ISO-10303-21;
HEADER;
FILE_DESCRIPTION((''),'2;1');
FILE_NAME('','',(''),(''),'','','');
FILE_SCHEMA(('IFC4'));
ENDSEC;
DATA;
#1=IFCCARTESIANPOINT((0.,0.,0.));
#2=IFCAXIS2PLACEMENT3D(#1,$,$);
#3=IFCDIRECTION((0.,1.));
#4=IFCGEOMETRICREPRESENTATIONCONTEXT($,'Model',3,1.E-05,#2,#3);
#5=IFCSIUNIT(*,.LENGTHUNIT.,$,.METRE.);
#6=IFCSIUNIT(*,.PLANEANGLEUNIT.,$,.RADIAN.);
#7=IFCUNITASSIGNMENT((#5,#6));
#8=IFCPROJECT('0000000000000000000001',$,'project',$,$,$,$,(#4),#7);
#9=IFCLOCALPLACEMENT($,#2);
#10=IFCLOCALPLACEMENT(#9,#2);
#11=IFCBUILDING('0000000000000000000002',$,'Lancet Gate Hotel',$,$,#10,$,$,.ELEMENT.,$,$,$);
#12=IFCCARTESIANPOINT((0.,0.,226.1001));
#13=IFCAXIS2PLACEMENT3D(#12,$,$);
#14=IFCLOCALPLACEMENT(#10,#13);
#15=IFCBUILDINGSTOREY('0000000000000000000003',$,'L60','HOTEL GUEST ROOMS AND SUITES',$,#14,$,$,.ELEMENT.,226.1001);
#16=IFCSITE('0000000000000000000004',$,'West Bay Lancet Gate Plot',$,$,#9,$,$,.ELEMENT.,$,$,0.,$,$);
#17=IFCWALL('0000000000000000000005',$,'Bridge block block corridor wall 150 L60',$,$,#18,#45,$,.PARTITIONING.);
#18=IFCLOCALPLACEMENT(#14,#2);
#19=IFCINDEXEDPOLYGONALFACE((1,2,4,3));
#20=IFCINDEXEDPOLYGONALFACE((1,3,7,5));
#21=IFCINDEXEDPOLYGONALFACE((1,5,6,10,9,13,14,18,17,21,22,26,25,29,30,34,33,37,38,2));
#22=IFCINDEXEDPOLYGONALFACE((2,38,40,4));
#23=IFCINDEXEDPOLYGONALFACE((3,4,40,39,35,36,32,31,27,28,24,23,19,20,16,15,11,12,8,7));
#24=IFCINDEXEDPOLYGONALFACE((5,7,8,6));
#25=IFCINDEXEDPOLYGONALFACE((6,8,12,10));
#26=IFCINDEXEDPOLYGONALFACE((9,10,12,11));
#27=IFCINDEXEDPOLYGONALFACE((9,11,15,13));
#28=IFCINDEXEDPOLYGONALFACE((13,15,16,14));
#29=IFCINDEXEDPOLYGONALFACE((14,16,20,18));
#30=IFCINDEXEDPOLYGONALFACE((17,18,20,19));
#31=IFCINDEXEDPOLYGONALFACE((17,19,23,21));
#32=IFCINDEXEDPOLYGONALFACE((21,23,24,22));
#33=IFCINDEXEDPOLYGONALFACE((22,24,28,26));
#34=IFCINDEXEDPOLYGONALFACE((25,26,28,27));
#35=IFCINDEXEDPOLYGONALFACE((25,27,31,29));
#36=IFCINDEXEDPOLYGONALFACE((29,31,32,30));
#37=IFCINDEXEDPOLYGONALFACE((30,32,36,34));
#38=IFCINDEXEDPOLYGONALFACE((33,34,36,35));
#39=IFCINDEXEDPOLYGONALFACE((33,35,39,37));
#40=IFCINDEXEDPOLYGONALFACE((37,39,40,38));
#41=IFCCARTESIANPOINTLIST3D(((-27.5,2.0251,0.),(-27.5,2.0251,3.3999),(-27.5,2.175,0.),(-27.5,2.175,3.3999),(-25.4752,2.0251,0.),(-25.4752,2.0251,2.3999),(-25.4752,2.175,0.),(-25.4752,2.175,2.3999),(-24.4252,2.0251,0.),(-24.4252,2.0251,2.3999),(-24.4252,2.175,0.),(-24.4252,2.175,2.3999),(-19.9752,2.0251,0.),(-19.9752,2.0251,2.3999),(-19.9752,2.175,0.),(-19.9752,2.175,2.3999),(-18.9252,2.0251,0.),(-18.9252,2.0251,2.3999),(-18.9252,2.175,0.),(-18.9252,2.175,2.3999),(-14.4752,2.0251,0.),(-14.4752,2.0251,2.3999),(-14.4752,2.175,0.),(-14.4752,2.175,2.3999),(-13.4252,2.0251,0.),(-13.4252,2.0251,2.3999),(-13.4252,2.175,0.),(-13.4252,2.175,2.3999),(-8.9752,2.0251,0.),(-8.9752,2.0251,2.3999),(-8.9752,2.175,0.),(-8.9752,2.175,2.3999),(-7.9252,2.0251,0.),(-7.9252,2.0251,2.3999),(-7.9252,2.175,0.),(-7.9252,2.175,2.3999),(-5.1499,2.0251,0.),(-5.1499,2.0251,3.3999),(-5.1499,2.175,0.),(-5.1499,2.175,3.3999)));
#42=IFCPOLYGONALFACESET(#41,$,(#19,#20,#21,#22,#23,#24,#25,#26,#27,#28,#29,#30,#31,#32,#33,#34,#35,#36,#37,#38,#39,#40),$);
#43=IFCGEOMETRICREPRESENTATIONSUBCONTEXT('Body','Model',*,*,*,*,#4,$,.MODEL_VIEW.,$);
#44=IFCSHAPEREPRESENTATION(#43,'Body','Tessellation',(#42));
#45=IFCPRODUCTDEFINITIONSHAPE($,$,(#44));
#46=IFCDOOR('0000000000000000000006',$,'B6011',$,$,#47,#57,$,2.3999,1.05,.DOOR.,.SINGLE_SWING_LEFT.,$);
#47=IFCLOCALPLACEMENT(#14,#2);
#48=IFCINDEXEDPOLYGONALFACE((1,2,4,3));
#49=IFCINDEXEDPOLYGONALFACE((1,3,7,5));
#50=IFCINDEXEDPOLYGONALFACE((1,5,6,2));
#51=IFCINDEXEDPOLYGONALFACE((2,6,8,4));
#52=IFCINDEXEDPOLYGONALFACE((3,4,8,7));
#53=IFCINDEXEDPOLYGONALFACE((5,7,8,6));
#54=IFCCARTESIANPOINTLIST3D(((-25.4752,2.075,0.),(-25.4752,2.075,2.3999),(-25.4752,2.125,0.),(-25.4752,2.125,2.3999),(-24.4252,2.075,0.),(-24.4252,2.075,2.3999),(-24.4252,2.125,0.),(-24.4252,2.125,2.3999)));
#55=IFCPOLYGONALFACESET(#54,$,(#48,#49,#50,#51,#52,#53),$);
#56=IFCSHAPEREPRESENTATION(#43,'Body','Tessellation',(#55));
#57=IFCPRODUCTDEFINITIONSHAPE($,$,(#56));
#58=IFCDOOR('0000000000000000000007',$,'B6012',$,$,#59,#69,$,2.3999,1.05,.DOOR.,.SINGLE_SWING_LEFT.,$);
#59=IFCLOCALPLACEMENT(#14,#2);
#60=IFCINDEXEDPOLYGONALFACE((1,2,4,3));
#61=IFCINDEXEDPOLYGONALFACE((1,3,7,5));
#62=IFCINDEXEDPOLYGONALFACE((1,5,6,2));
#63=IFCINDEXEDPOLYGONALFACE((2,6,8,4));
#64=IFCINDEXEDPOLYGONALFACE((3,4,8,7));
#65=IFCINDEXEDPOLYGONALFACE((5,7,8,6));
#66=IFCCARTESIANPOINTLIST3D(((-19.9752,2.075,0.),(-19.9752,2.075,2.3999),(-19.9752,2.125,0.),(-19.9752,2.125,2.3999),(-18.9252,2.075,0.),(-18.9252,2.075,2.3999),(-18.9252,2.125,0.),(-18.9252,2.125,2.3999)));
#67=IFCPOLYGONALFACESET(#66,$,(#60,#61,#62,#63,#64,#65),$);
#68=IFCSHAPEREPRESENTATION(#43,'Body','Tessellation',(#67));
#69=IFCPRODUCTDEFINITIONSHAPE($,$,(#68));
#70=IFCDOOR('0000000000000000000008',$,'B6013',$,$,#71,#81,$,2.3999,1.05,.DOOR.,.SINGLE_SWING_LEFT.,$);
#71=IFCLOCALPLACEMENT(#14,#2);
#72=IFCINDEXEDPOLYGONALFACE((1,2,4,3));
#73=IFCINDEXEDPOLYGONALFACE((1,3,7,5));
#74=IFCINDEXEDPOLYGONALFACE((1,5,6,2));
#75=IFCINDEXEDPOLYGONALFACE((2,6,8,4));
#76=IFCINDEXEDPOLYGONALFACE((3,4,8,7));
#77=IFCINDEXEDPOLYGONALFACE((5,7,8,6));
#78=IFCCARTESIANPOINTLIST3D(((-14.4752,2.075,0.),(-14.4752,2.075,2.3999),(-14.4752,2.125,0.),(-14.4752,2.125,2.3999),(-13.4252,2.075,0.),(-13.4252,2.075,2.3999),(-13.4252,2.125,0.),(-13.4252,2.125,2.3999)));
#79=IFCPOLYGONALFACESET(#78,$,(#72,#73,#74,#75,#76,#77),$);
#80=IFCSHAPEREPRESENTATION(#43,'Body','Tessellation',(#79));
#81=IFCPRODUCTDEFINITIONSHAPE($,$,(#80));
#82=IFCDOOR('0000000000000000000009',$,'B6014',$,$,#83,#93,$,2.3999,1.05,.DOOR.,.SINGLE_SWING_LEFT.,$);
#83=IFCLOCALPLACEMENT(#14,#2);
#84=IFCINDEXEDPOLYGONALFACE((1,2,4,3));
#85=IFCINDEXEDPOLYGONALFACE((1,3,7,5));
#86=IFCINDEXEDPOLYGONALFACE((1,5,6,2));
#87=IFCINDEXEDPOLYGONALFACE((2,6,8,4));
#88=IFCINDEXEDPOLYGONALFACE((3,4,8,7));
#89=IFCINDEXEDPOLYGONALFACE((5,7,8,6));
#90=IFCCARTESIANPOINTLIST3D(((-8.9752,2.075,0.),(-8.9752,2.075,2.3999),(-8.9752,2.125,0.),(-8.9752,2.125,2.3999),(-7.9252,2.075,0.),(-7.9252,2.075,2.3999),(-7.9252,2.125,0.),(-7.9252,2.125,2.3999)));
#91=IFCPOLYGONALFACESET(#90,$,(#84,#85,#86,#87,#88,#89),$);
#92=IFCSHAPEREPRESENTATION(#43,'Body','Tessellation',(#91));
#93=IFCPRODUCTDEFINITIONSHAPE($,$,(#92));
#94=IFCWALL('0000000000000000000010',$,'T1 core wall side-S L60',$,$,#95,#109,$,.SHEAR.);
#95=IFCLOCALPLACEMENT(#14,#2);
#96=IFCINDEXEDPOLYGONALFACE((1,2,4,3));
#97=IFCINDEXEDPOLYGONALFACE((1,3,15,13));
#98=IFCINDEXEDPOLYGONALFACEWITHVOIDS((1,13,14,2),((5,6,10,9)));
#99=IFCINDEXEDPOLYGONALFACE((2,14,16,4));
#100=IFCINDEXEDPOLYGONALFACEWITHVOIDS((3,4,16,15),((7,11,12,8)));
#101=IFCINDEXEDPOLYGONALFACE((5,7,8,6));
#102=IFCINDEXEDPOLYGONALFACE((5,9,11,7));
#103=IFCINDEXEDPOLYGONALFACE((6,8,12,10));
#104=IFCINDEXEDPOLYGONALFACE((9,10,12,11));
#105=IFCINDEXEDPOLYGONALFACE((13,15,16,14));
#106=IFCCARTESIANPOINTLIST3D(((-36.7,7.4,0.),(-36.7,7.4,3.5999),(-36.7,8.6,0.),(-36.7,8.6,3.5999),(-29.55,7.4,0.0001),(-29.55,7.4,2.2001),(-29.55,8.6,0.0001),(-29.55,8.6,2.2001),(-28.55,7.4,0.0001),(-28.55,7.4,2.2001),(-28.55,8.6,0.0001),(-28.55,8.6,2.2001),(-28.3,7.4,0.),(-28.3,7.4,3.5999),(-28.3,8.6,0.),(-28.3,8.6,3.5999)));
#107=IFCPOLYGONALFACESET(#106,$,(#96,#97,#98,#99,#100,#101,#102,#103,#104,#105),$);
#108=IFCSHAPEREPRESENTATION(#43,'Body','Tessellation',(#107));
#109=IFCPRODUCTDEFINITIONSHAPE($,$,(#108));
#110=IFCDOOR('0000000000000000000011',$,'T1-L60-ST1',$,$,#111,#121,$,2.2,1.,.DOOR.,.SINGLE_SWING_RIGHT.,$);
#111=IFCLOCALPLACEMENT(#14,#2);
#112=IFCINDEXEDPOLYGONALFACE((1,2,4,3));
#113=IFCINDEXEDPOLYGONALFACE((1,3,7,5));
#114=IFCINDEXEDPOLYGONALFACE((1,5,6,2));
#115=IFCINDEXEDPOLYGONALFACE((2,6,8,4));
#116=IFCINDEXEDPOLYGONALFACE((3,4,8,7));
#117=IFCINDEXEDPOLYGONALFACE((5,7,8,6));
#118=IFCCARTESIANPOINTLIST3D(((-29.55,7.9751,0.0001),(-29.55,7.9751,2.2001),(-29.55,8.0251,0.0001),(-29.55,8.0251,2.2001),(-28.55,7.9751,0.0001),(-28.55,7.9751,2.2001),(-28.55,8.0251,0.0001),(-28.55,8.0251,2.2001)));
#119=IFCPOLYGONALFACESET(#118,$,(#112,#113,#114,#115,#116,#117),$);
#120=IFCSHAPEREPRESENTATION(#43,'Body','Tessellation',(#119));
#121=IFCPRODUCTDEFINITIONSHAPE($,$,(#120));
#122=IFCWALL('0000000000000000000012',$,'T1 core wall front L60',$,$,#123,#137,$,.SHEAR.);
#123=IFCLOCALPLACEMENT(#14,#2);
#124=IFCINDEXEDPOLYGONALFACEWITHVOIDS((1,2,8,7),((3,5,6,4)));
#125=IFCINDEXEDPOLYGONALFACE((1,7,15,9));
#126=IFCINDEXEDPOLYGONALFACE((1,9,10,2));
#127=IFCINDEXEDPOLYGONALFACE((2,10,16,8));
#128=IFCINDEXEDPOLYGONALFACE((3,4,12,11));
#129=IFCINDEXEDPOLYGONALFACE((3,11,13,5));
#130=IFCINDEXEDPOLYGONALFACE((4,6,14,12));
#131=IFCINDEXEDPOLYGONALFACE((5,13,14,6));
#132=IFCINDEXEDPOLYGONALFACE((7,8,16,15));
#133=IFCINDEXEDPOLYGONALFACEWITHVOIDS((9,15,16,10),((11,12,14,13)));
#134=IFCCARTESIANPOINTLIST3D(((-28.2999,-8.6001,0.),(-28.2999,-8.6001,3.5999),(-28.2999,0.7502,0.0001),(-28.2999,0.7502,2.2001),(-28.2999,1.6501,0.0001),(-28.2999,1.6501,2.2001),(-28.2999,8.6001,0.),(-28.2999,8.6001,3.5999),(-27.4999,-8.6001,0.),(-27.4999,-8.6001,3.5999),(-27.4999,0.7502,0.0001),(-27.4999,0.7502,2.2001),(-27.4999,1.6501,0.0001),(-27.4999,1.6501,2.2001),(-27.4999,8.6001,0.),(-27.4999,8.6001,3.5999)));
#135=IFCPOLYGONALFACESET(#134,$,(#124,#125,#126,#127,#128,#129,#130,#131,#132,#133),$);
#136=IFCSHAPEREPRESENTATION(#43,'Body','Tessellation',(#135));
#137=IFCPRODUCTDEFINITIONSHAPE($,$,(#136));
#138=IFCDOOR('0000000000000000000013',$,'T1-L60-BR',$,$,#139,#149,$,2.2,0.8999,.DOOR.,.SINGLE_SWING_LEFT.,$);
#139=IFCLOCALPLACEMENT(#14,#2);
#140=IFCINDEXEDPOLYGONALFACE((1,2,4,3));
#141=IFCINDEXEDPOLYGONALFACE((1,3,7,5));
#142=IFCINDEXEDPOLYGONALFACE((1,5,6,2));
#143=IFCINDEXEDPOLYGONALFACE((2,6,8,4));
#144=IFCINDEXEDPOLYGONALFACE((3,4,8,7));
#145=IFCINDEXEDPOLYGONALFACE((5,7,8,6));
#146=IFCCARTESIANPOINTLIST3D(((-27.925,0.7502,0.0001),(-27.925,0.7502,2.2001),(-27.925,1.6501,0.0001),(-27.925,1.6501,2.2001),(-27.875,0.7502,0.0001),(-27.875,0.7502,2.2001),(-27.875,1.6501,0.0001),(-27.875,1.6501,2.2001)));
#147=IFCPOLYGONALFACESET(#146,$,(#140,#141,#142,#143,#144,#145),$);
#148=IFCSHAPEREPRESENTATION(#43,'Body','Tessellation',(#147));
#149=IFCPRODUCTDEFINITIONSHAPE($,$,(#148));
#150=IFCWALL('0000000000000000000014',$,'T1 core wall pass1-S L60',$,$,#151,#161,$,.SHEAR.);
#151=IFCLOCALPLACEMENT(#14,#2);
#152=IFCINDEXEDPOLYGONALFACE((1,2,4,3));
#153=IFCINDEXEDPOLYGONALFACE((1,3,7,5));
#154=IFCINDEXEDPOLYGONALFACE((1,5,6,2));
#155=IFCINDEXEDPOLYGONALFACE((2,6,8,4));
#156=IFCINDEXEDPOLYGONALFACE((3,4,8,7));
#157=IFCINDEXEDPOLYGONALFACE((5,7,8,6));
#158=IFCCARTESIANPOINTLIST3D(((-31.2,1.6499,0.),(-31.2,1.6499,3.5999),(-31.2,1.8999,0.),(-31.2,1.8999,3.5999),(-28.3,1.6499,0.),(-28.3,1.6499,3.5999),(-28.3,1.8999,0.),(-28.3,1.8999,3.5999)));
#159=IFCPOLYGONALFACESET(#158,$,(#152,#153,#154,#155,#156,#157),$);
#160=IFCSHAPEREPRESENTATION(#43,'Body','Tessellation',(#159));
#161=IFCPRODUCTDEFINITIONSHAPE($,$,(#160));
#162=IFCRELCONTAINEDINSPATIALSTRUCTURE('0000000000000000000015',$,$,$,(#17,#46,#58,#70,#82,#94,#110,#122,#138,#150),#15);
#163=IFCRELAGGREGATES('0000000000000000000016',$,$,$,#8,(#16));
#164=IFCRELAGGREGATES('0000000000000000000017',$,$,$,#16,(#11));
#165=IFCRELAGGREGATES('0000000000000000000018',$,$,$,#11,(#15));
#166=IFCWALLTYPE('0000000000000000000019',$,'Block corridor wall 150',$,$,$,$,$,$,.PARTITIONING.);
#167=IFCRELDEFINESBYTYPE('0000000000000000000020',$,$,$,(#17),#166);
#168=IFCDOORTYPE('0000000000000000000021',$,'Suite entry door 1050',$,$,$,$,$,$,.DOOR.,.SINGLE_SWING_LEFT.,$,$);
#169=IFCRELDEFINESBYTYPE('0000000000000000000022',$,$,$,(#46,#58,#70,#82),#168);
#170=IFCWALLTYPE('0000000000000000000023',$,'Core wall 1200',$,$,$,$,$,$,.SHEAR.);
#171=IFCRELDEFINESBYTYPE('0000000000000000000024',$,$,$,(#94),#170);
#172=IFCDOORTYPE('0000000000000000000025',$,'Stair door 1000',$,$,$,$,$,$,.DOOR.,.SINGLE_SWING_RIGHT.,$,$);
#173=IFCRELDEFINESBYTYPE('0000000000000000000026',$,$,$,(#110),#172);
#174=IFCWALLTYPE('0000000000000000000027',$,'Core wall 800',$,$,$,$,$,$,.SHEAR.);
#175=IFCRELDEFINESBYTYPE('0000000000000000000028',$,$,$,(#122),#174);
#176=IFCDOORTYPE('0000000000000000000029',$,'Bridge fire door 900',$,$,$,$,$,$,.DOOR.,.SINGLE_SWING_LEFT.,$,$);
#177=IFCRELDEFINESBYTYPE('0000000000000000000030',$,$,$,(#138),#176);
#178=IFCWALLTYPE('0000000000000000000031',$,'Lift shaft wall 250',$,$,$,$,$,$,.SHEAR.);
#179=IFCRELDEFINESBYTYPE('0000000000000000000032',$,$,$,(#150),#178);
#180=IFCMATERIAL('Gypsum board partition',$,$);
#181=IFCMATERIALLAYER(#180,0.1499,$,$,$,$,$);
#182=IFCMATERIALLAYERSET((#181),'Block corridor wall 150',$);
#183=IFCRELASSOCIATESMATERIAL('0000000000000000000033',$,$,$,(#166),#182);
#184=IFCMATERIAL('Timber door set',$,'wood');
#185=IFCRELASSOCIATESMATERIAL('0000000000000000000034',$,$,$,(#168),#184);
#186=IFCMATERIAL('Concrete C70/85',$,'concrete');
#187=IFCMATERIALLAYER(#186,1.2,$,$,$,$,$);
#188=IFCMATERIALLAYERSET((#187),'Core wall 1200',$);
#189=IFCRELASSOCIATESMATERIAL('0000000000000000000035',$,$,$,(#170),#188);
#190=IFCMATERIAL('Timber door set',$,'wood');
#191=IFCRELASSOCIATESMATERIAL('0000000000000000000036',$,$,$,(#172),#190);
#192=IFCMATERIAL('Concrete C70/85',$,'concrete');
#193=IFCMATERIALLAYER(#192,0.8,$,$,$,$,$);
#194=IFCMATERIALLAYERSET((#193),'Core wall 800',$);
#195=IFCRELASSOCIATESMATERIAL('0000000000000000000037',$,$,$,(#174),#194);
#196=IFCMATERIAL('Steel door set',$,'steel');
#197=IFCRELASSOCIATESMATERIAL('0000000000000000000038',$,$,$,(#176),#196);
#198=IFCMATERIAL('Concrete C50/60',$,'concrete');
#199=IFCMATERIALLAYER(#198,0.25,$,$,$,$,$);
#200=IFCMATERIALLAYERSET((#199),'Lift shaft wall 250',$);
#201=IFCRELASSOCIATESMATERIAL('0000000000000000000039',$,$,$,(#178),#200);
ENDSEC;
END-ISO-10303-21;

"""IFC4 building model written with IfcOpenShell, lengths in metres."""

from ifc_helpers import new_model, si_unit, direction, frame, frame_2d, origin, place, context, subcontext, project, spatial, rectangle, extrude, material, layer, layer_set, type_object, element, fill, save


model = new_model("IFC4")

# Units and contexts
model_context = context("Model", 3, precision=1e-05, world=origin(), true_north=direction((0.0, 1.0)))
body_context = subcontext(model_context, "Body", "Model", "MODEL_VIEW")
ifc_project = project(units=[si_unit("LENGTHUNIT", "METRE"), si_unit("PLANEANGLEUNIT", "RADIAN")], contexts=[model_context])

# Site, building, storey
site_placement = place(None, origin())
site = spatial("IfcSite", under=ifc_project, at=site_placement, Name="West Bay Lancet Gate Plot", CompositionType="ELEMENT", RefElevation=0.0)
building_placement = place(site_placement, origin())
building = spatial("IfcBuilding", under=site, at=building_placement, Name="Lancet Gate Hotel", CompositionType="ELEMENT")
storey_placement = place(building_placement, frame((0.0, 0.0, 226.1001)))
storey = spatial("IfcBuildingStorey", under=building, at=storey_placement, Name="L60", Description="HOTEL GUEST ROOMS AND SUITES", CompositionType="ELEMENT", Elevation=226.1001)

# Wall, openings, doors
ifc_material_1 = material(Name="Gypsum board partition")
ifc_layer_1 = layer(ifc_material_1, 0.1499)
ifc_layer_set_1 = layer_set([ifc_layer_1], Name="Block corridor wall 150")
wall_type_1 = type_object("IfcWallType", Name="Block corridor wall 150", PredefinedType="PARTITIONING", material=ifc_layer_set_1)
ifc_material_2 = material(Name="Timber door set", Category="wood")
door_type_1 = type_object("IfcDoorType", Name="Suite entry door 1050", OperationType="SINGLE_SWING_LEFT", PredefinedType="DOOR", material=ifc_material_2)
wall_1_placement = place(storey_placement, frame((-27.5, 2.1001, 0.0), z_axis=(0.0, 0.0, 1.0), x_axis=(1.0, 0.0, 0.0)))
wall_1 = element("IfcWall", 1, at=wall_1_placement, inside=storey, type_object=wall_type_1, Name="Bridge block block corridor wall 150 L60", PredefinedType="PARTITIONING", context=body_context, shape_type="SweptSolid", body=[
    extrude(rectangle(XDim=22.3501, YDim=0.1499, at=frame_2d((11.175, 0.0))), origin(), (0.0, 0.0, 1.0), 3.3999),
])
opening_1_placement = place(wall_1_placement, frame((2.0249, 0.0, 0.0)))
opening_1 = element("IfcOpeningElement", 2, at=opening_1_placement, cuts=wall_1, PredefinedType="OPENING", context=body_context, shape_type="SweptSolid", body=[
    extrude(rectangle(XDim=1.05, YDim=2.3999, at=frame_2d((0.5249, 1.2))), frame((0.0, 0.085, 0.0), z_axis=(0.0, -1.0, 0.0), x_axis=(1.0, 0.0, 0.0)), (0.0, 0.0, 1.0), 0.1699),
])
opening_2_placement = place(wall_1_placement, frame((7.5249, 0.0, 0.0)))
opening_2 = element("IfcOpeningElement", 3, at=opening_2_placement, cuts=wall_1, PredefinedType="OPENING", context=body_context, shape_type="SweptSolid", body=[
    extrude(rectangle(XDim=1.05, YDim=2.3999, at=frame_2d((0.5249, 1.2))), frame((0.0, 0.085, 0.0), z_axis=(0.0, -1.0, 0.0), x_axis=(1.0, 0.0, 0.0)), (0.0, 0.0, 1.0), 0.1699),
])
opening_3_placement = place(wall_1_placement, frame((13.0249, 0.0, 0.0)))
opening_3 = element("IfcOpeningElement", 4, at=opening_3_placement, cuts=wall_1, PredefinedType="OPENING", context=body_context, shape_type="SweptSolid", body=[
    extrude(rectangle(XDim=1.05, YDim=2.3999, at=frame_2d((0.5249, 1.2))), frame((0.0, 0.085, 0.0), z_axis=(0.0, -1.0, 0.0), x_axis=(1.0, 0.0, 0.0)), (0.0, 0.0, 1.0), 0.1699),
])
opening_4_placement = place(wall_1_placement, frame((18.5249, 0.0, 0.0)))
opening_4 = element("IfcOpeningElement", 5, at=opening_4_placement, cuts=wall_1, PredefinedType="OPENING", context=body_context, shape_type="SweptSolid", body=[
    extrude(rectangle(XDim=1.05, YDim=2.3999, at=frame_2d((0.5249, 1.2))), frame((0.0, 0.085, 0.0), z_axis=(0.0, -1.0, 0.0), x_axis=(1.0, 0.0, 0.0)), (0.0, 0.0, 1.0), 0.1699),
])
door_1_placement = place(opening_1_placement, origin())
door_1 = element("IfcDoor", 6, at=door_1_placement, inside=storey, type_object=door_type_1, Name="B6011", OperationType="SINGLE_SWING_LEFT", OverallHeight=2.3999, OverallWidth=1.05, PredefinedType="DOOR", context=body_context, shape_type="SweptSolid", body=[
    extrude(rectangle(XDim=1.05, YDim=2.3999, at=frame_2d((0.5249, 1.2))), frame((0.0, 0.0249, 0.0), z_axis=(0.0, -1.0, 0.0), x_axis=(1.0, 0.0, 0.0)), (0.0, 0.0, 1.0), 0.05),
])
fill(opening_1, door_1)
door_2_placement = place(opening_2_placement, origin())
door_2 = element("IfcDoor", 7, at=door_2_placement, inside=storey, type_object=door_type_1, Name="B6012", OperationType="SINGLE_SWING_LEFT", OverallHeight=2.3999, OverallWidth=1.05, PredefinedType="DOOR", context=body_context, shape_type="SweptSolid", body=[
    extrude(rectangle(XDim=1.05, YDim=2.3999, at=frame_2d((0.5249, 1.2))), frame((0.0, 0.0249, 0.0), z_axis=(0.0, -1.0, 0.0), x_axis=(1.0, 0.0, 0.0)), (0.0, 0.0, 1.0), 0.05),
])
fill(opening_2, door_2)
door_3_placement = place(opening_3_placement, origin())
door_3 = element("IfcDoor", 8, at=door_3_placement, inside=storey, type_object=door_type_1, Name="B6013", OperationType="SINGLE_SWING_LEFT", OverallHeight=2.3999, OverallWidth=1.05, PredefinedType="DOOR", context=body_context, shape_type="SweptSolid", body=[
    extrude(rectangle(XDim=1.05, YDim=2.3999, at=frame_2d((0.5249, 1.2))), frame((0.0, 0.0249, 0.0), z_axis=(0.0, -1.0, 0.0), x_axis=(1.0, 0.0, 0.0)), (0.0, 0.0, 1.0), 0.05),
])
fill(opening_3, door_3)
door_4_placement = place(opening_4_placement, origin())
door_4 = element("IfcDoor", 9, at=door_4_placement, inside=storey, type_object=door_type_1, Name="B6014", OperationType="SINGLE_SWING_LEFT", OverallHeight=2.3999, OverallWidth=1.05, PredefinedType="DOOR", context=body_context, shape_type="SweptSolid", body=[
    extrude(rectangle(XDim=1.05, YDim=2.3999, at=frame_2d((0.5249, 1.2))), frame((0.0, 0.0249, 0.0), z_axis=(0.0, -1.0, 0.0), x_axis=(1.0, 0.0, 0.0)), (0.0, 0.0, 1.0), 0.05),
])
fill(opening_4, door_4)

# Walls, openings, doors
ifc_material_3 = material(Name="Concrete C70/85", Category="concrete")
ifc_layer_2 = layer(ifc_material_3, 1.2)
ifc_layer_set_2 = layer_set([ifc_layer_2], Name="Core wall 1200")
wall_type_2 = type_object("IfcWallType", Name="Core wall 1200", PredefinedType="SHEAR", material=ifc_layer_set_2)
wall_2_placement = place(storey_placement, frame((-28.3, 8.0, 0.0), z_axis=(0.0, 0.0, 1.0), x_axis=(-1.0, 0.0, 0.0)))
wall_2 = element("IfcWall", 10, at=wall_2_placement, inside=storey, type_object=wall_type_2, Name="T1 core wall side-S L60", PredefinedType="SHEAR", context=body_context, shape_type="SweptSolid", body=[
    extrude(rectangle(XDim=8.3999, YDim=1.2, at=frame_2d((4.2, 0.0))), origin(), (0.0, 0.0, 1.0), 3.5999),
])
opening_5_placement = place(wall_2_placement, frame((0.25, 0.0, 0.0)))
opening_5 = element("IfcOpeningElement", 11, at=opening_5_placement, cuts=wall_2, PredefinedType="OPENING", context=body_context, shape_type="SweptSolid", body=[
    extrude(rectangle(XDim=1.0, YDim=2.2, at=frame_2d((0.5, 1.1001))), frame((0.0, 0.6099, 0.0), z_axis=(0.0, -1.0, 0.0), x_axis=(1.0, 0.0, 0.0)), (0.0, 0.0, 1.0), 1.22),
])
ifc_material_4 = material(Name="Timber door set", Category="wood")
door_type_2 = type_object("IfcDoorType", Name="Stair door 1000", OperationType="SINGLE_SWING_RIGHT", PredefinedType="DOOR", material=ifc_material_4)
door_5_placement = place(opening_5_placement, origin())
door_5 = element("IfcDoor", 12, at=door_5_placement, inside=storey, type_object=door_type_2, Name="T1-L60-ST1", OperationType="SINGLE_SWING_RIGHT", OverallHeight=2.2, OverallWidth=1.0, PredefinedType="DOOR", context=body_context, shape_type="SweptSolid", body=[
    extrude(rectangle(XDim=1.0, YDim=2.2, at=frame_2d((0.5, 1.1001))), frame((0.0, 0.0249, 0.0), z_axis=(0.0, -1.0, 0.0), x_axis=(1.0, 0.0, 0.0)), (0.0, 0.0, 1.0), 0.05),
])
fill(opening_5, door_5)
ifc_material_5 = material(Name="Concrete C70/85", Category="concrete")
ifc_layer_3 = layer(ifc_material_5, 0.8)
ifc_layer_set_3 = layer_set([ifc_layer_3], Name="Core wall 800")
wall_type_3 = type_object("IfcWallType", Name="Core wall 800", PredefinedType="SHEAR", material=ifc_layer_set_3)
wall_3_placement = place(storey_placement, frame((-27.8999, 8.6001, 0.0), z_axis=(0.0, 0.0, 1.0), x_axis=(0.0, -1.0, 0.0)))
wall_3 = element("IfcWall", 13, at=wall_3_placement, inside=storey, type_object=wall_type_3, Name="T1 core wall front L60", PredefinedType="SHEAR", context=body_context, shape_type="SweptSolid", body=[
    extrude(rectangle(XDim=17.2002, YDim=0.8, at=frame_2d((8.6001, 0.0))), origin(), (0.0, 0.0, 1.0), 3.5999),
])
opening_6_placement = place(wall_3_placement, frame((6.95, 0.0, 0.0)))
opening_6 = element("IfcOpeningElement", 14, at=opening_6_placement, cuts=wall_3, PredefinedType="OPENING", context=body_context, shape_type="SweptSolid", body=[
    extrude(rectangle(XDim=0.8999, YDim=2.2, at=frame_2d((0.45, 1.1001))), frame((0.0, 0.4099, 0.0), z_axis=(0.0, -1.0, 0.0), x_axis=(1.0, 0.0, 0.0)), (0.0, 0.0, 1.0), 0.8201),
])
ifc_material_6 = material(Name="Steel door set", Category="steel")
door_type_3 = type_object("IfcDoorType", Name="Bridge fire door 900", OperationType="SINGLE_SWING_LEFT", PredefinedType="DOOR", material=ifc_material_6)
door_6_placement = place(opening_6_placement, origin())
door_6 = element("IfcDoor", 15, at=door_6_placement, inside=storey, type_object=door_type_3, Name="T1-L60-BR", OperationType="SINGLE_SWING_LEFT", OverallHeight=2.2, OverallWidth=0.8999, PredefinedType="DOOR", context=body_context, shape_type="SweptSolid", body=[
    extrude(rectangle(XDim=0.8999, YDim=2.2, at=frame_2d((0.45, 1.1001))), frame((0.0, 0.0249, 0.0), z_axis=(0.0, -1.0, 0.0), x_axis=(1.0, 0.0, 0.0)), (0.0, 0.0, 1.0), 0.05),
])
fill(opening_6, door_6)

# Wall
ifc_material_7 = material(Name="Concrete C50/60", Category="concrete")
ifc_layer_4 = layer(ifc_material_7, 0.25)
ifc_layer_set_4 = layer_set([ifc_layer_4], Name="Lift shaft wall 250")
wall_type_4 = type_object("IfcWallType", Name="Lift shaft wall 250", PredefinedType="SHEAR", material=ifc_layer_set_4)
wall_4_placement = place(storey_placement, frame((-28.3, 1.7749, 0.0), z_axis=(0.0, 0.0, 1.0), x_axis=(-1.0, 0.0, 0.0)))
element("IfcWall", 16, at=wall_4_placement, inside=storey, type_object=wall_type_4, Name="T1 core wall pass1-S L60", PredefinedType="SHEAR", context=body_context, shape_type="SweptSolid", body=[
    extrude(rectangle(XDim=2.8999, YDim=0.25, at=frame_2d((1.45, 0.0))), origin(), (0.0, 0.0, 1.0), 3.5999),
])

save(model, "model.ifc")
